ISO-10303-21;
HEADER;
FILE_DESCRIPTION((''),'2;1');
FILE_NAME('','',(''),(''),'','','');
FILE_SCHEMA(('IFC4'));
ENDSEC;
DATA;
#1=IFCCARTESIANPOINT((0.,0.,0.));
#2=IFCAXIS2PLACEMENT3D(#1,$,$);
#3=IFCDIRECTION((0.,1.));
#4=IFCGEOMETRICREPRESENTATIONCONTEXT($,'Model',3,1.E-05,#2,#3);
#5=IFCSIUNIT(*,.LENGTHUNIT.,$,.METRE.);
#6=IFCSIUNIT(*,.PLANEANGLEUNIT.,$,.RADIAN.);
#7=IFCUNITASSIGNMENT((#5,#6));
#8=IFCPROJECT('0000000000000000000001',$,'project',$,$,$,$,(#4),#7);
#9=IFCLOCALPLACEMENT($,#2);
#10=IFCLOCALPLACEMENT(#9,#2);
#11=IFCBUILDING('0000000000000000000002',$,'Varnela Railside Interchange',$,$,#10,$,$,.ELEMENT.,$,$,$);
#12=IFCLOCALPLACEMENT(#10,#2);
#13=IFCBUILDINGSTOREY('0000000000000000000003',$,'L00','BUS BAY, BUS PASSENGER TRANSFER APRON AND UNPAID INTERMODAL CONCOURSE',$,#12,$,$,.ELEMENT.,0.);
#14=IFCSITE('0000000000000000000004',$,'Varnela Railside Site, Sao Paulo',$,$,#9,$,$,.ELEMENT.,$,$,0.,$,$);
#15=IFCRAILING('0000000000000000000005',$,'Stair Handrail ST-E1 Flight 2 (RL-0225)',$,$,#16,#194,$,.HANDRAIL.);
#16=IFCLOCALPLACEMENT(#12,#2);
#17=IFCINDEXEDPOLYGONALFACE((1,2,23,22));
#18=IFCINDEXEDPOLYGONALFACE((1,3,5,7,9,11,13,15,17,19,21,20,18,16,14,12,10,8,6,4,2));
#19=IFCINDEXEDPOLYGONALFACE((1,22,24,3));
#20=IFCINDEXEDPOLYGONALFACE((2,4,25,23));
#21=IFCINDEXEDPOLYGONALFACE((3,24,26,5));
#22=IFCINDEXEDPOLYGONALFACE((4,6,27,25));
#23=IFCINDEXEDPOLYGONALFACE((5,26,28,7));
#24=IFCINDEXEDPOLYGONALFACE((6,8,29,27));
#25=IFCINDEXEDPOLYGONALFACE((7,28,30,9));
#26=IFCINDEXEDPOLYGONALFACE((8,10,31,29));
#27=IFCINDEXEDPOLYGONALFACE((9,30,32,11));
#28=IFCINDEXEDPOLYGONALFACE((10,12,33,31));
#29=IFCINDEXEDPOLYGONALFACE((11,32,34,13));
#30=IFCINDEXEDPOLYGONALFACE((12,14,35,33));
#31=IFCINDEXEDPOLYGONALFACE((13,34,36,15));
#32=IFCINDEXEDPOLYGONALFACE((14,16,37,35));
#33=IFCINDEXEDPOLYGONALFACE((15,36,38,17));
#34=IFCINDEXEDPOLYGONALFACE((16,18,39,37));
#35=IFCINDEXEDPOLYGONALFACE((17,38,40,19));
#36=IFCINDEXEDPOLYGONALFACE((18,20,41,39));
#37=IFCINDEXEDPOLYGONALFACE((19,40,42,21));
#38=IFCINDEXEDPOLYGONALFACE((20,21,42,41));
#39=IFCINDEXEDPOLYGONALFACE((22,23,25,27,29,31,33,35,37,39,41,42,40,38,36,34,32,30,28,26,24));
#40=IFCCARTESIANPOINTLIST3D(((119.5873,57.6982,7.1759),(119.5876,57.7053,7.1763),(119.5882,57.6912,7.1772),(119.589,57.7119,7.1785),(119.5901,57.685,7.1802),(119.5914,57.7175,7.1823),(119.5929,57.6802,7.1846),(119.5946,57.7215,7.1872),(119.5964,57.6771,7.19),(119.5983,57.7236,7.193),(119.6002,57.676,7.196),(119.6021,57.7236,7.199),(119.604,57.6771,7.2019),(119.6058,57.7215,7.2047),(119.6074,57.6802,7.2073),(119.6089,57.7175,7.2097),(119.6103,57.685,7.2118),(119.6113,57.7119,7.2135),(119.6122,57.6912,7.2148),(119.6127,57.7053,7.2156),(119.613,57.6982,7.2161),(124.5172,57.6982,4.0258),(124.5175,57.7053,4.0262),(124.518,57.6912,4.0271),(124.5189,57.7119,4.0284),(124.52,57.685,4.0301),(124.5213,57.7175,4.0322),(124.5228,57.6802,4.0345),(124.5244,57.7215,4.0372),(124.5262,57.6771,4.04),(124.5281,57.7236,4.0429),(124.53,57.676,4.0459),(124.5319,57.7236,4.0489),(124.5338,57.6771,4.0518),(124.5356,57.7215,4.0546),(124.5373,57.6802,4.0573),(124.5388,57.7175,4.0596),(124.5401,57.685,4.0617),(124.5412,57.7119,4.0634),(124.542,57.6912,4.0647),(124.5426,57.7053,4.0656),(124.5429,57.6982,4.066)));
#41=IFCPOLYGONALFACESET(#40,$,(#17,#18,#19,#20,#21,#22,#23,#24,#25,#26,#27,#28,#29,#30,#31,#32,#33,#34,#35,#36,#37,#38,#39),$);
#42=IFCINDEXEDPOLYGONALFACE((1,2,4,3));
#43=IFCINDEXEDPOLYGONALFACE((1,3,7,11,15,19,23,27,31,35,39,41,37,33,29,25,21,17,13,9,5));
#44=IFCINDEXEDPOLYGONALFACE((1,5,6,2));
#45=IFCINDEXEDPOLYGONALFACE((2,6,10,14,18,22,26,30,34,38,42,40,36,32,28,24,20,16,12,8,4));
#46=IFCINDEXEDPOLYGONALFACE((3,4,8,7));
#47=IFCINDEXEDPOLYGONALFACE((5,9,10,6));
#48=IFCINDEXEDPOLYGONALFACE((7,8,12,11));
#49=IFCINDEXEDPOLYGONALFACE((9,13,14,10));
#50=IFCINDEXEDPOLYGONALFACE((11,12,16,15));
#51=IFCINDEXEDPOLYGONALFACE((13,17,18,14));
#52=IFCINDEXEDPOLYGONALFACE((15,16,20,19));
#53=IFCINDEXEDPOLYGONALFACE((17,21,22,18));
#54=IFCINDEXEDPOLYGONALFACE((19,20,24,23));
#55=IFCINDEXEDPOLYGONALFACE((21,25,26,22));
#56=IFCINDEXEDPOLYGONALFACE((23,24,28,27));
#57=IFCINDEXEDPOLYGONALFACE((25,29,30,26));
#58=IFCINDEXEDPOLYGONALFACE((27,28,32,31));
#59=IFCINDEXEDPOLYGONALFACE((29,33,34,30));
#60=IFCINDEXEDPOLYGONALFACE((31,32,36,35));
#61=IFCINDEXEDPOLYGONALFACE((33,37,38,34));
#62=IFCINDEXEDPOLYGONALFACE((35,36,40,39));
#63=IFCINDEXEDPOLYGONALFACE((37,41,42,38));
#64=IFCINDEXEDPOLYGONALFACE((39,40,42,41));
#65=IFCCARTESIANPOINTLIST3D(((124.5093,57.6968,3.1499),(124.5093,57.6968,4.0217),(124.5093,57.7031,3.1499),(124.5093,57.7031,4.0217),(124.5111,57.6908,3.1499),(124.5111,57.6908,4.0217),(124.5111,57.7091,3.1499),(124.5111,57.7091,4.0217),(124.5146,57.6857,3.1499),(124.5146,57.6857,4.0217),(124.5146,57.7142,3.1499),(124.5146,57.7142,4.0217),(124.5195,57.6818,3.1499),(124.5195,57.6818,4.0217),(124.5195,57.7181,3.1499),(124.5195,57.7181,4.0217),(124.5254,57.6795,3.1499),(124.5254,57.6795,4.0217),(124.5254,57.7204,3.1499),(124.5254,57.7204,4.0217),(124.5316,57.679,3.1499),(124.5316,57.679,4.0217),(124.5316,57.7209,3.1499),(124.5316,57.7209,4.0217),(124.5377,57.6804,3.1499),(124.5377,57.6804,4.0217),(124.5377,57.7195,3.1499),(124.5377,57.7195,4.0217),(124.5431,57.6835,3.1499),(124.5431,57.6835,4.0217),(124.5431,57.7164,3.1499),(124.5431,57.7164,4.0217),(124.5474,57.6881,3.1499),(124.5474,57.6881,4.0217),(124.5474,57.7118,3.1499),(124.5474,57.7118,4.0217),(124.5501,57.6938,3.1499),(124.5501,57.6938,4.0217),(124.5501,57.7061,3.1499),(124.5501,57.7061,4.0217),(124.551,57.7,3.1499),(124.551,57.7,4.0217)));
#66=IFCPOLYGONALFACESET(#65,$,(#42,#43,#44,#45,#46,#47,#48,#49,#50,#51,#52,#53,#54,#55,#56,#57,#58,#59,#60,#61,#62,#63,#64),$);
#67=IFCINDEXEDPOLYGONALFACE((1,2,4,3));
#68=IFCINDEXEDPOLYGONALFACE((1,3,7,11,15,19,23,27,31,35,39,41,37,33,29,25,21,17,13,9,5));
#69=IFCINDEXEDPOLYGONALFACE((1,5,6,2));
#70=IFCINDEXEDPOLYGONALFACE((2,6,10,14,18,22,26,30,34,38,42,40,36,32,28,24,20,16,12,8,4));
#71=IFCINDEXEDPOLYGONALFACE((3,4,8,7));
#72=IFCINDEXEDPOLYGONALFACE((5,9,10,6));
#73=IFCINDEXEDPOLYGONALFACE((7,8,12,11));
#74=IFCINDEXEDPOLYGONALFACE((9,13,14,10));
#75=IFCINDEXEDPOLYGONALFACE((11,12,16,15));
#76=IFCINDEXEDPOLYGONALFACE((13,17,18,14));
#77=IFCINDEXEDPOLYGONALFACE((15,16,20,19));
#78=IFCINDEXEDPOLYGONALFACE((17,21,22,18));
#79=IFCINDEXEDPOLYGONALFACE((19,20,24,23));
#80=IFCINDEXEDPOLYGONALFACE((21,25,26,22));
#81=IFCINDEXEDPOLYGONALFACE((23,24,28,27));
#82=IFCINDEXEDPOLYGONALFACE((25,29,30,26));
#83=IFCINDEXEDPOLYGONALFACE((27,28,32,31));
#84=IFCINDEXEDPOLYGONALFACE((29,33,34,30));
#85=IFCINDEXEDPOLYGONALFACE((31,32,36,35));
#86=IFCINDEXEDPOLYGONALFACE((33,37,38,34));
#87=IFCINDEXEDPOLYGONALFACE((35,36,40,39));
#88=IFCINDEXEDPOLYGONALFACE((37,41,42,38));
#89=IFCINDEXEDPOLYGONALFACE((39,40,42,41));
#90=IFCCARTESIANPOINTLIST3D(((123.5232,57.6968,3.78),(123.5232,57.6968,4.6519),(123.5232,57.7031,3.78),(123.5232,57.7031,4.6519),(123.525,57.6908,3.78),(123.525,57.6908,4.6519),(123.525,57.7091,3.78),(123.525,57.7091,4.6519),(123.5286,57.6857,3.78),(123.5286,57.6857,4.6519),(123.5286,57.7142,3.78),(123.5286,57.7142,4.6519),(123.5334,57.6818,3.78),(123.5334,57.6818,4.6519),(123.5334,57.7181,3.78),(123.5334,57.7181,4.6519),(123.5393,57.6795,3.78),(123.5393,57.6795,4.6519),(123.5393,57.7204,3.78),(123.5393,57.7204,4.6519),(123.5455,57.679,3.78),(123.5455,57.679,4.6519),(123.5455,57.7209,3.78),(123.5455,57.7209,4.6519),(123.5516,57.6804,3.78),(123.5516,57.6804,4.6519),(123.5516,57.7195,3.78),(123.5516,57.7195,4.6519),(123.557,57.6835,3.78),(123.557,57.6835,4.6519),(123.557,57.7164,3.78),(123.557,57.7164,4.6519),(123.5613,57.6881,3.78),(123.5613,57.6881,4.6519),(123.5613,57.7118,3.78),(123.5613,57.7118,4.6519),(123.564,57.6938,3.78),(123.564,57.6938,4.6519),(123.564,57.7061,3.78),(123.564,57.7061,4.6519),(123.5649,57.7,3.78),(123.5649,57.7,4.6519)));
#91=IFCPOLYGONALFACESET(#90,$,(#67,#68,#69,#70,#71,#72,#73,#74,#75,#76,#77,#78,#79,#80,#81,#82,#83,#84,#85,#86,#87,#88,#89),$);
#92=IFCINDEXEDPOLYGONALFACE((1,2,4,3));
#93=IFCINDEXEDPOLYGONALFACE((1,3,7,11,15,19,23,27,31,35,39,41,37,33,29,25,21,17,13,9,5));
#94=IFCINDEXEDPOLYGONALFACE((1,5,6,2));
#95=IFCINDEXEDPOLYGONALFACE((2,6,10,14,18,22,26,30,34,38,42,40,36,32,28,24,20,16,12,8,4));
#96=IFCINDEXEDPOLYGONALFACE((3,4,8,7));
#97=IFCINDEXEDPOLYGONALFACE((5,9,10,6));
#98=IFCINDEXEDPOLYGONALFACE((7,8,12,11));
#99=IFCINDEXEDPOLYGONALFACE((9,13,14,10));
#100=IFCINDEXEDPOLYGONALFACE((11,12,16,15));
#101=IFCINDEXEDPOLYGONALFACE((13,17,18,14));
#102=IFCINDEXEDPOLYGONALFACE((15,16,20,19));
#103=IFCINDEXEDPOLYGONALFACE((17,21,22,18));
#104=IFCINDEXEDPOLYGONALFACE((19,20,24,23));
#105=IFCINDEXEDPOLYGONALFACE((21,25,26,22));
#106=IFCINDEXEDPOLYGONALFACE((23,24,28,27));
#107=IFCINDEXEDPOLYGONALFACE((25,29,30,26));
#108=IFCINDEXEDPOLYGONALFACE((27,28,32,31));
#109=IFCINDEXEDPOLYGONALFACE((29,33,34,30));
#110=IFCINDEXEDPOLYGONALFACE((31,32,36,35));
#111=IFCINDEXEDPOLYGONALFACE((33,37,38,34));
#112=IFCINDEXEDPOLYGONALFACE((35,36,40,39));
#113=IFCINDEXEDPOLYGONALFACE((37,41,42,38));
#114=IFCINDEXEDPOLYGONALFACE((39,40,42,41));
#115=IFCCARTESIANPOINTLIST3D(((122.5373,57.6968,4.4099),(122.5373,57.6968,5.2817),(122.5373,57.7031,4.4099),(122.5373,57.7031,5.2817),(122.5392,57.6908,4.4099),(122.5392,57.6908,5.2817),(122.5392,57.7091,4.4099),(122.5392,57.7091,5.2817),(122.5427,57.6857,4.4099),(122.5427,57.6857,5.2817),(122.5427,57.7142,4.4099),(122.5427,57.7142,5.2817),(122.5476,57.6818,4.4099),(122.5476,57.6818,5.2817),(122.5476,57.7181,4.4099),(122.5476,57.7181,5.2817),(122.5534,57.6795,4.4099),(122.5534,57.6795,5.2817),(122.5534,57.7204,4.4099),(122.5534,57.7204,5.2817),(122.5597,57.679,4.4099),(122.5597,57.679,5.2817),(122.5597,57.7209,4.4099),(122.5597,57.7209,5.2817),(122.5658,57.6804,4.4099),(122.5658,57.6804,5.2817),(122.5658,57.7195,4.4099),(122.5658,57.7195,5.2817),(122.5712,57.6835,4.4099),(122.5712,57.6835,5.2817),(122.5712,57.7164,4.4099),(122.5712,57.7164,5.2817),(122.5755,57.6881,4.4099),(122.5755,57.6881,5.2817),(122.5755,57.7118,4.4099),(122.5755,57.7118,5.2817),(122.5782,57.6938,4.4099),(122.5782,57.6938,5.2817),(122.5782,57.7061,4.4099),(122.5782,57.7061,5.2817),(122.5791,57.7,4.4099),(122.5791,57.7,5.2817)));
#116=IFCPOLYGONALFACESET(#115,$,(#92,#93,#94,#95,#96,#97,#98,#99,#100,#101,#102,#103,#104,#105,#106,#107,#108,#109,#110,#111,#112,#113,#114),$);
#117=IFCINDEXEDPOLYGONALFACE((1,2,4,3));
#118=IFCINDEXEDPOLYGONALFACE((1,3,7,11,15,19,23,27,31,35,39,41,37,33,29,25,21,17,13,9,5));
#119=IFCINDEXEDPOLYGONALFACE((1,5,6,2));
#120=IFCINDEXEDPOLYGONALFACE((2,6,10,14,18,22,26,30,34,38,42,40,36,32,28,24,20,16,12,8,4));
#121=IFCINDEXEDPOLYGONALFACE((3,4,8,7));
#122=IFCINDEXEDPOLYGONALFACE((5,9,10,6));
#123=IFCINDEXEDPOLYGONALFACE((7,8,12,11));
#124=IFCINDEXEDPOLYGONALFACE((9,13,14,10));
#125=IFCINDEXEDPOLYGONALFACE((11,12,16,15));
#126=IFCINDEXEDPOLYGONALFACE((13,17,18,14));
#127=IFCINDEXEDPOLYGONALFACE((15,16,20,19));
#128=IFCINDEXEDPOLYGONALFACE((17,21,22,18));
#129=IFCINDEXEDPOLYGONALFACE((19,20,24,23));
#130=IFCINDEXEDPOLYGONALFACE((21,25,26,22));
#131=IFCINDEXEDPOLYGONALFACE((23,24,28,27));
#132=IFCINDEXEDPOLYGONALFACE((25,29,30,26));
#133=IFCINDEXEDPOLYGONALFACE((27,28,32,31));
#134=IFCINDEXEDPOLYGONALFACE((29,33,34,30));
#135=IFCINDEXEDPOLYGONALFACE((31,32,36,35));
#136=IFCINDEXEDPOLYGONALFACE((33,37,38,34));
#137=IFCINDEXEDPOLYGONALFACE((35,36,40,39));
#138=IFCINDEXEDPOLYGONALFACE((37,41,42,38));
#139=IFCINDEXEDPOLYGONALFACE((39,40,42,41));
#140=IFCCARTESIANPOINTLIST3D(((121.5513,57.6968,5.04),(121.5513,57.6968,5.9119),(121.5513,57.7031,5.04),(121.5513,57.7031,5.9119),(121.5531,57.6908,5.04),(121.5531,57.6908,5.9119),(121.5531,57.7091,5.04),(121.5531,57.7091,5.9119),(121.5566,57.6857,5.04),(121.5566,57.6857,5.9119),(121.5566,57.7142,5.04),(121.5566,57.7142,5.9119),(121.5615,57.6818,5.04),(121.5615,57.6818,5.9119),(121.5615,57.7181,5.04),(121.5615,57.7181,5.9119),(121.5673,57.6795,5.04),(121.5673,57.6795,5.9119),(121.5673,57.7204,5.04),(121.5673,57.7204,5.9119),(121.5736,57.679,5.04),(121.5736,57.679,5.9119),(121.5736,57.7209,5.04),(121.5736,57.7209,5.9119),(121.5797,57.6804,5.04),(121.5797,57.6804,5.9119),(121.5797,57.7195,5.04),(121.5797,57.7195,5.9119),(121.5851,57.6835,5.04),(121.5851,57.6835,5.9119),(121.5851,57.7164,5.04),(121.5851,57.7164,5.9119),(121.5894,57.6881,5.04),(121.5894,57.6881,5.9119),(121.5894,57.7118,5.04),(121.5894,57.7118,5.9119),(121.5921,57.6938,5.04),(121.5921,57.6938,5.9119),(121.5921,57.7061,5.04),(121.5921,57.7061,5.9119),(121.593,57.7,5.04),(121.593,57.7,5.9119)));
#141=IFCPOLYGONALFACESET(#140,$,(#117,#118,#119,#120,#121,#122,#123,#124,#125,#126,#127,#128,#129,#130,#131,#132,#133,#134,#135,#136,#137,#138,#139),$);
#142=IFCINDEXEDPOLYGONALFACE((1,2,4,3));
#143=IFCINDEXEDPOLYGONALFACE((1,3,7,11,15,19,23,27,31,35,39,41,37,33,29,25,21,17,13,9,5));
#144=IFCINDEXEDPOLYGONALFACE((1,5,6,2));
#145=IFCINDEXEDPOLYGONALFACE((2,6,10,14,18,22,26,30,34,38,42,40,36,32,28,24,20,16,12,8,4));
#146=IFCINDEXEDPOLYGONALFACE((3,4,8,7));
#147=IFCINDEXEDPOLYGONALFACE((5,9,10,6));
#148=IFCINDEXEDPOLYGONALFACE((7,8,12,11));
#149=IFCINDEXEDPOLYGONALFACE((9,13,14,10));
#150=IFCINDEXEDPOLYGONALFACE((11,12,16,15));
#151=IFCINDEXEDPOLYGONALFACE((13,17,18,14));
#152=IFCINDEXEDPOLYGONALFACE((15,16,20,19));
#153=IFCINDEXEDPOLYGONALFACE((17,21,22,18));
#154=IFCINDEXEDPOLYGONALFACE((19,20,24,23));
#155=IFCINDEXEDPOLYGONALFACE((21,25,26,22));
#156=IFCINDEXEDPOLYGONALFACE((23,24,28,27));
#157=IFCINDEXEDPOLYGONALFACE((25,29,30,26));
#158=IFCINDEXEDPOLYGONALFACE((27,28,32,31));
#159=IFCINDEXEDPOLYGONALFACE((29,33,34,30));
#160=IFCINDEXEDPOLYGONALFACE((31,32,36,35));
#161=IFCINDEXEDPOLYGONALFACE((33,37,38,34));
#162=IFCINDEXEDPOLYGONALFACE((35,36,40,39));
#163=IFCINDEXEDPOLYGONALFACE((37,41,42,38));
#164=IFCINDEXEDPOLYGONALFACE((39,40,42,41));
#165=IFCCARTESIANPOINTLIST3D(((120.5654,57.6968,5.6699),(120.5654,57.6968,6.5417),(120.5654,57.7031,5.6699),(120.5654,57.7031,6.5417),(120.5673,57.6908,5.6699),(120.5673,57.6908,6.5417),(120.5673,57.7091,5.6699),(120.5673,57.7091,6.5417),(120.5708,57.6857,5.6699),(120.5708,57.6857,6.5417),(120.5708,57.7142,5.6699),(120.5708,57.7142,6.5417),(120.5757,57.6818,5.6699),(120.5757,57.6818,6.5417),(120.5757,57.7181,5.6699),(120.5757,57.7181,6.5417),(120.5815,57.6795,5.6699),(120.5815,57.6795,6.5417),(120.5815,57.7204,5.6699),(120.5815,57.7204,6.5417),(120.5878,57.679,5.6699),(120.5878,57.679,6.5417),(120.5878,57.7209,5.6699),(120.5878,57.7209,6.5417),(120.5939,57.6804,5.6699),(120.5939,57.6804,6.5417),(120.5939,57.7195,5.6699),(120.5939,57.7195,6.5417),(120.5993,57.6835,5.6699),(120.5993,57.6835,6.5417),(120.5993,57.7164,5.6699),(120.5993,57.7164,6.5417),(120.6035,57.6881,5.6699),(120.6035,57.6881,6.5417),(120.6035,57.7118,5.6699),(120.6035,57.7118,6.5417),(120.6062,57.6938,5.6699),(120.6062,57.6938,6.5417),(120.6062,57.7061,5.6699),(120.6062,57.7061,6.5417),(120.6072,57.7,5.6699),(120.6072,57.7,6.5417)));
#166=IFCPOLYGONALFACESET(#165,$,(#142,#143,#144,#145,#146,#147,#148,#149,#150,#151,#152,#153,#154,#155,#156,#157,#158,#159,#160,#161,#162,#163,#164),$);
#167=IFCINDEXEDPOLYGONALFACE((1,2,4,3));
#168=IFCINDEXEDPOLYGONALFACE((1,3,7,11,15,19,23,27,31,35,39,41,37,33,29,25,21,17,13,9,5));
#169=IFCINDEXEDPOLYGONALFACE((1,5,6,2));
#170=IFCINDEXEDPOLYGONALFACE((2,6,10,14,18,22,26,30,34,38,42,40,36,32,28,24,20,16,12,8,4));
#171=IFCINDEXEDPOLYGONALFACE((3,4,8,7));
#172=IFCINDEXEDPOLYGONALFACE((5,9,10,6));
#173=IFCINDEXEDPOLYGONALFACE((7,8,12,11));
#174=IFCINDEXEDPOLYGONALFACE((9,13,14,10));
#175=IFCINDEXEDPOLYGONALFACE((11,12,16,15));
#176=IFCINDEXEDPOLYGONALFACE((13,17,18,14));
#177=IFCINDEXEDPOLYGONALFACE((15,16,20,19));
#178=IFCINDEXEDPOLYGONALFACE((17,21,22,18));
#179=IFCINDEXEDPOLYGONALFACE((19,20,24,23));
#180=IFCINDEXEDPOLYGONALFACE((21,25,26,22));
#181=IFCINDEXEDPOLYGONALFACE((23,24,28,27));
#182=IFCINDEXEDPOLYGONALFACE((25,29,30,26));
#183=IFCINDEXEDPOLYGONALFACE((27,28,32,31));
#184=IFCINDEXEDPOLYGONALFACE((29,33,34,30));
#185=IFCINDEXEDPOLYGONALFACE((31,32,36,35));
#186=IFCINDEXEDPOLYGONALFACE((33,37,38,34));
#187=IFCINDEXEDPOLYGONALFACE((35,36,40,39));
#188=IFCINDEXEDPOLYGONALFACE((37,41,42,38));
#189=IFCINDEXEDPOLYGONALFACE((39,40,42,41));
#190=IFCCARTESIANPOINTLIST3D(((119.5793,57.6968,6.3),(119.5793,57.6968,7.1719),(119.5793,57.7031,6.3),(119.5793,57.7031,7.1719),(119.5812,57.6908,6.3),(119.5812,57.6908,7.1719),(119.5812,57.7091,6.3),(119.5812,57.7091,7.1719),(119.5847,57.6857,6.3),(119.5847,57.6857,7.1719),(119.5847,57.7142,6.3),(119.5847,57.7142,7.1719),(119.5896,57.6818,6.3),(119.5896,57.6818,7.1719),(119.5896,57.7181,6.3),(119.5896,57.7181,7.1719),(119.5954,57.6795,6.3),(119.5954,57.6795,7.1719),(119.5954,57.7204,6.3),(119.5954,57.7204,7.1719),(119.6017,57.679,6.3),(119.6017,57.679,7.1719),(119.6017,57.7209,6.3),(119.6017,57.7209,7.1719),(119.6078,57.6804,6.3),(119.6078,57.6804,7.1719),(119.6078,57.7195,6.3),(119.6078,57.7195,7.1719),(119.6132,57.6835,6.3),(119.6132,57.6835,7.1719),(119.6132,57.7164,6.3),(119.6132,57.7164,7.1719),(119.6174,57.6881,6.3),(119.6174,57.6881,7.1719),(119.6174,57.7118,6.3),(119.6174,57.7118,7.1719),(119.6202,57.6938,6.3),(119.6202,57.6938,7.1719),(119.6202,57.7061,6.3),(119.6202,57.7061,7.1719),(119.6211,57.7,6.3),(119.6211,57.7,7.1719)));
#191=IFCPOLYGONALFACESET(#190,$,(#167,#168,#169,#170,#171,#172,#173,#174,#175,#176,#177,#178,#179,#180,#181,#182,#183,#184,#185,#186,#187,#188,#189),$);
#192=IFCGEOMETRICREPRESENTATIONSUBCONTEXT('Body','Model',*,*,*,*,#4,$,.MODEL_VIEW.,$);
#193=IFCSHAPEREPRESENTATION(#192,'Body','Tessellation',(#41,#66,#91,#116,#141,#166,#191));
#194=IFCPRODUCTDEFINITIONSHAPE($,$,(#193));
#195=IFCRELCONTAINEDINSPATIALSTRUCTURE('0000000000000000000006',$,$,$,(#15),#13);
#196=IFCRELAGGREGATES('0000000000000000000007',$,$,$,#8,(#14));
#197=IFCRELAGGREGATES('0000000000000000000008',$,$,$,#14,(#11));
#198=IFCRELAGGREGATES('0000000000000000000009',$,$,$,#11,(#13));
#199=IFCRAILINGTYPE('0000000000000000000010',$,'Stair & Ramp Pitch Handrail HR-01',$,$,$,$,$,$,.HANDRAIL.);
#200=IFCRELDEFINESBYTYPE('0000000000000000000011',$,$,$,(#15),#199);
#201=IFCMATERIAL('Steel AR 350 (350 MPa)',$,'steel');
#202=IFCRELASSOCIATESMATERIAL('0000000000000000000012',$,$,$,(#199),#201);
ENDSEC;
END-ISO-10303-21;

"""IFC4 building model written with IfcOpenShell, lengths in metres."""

from ifc_helpers import new_model, si_unit, direction, frame, origin, origin_2d, place, context, subcontext, project, spatial, circle, extrude, material, type_object, element, save


model = new_model("IFC4")

# Units and contexts
model_context = context("Model", 3, precision=1e-05, world=origin(), true_north=direction((0.0, 1.0)))
body_context = subcontext(model_context, "Body", "Model", "MODEL_VIEW")
ifc_project = project(units=[si_unit("LENGTHUNIT", "METRE"), si_unit("PLANEANGLEUNIT", "RADIAN")], contexts=[model_context])

# Site, building, storey
site_placement = place(None, origin())
site = spatial("IfcSite", under=ifc_project, at=site_placement, Name="Varnela Railside Site, Sao Paulo", CompositionType="ELEMENT", RefElevation=0.0)
building_placement = place(site_placement, origin())
building = spatial("IfcBuilding", under=site, at=building_placement, Name="Varnela Railside Interchange", CompositionType="ELEMENT")
storey_placement = place(building_placement, origin())
storey = spatial("IfcBuildingStorey", under=building, at=storey_placement, Name="L00", Description="BUS BAY, BUS PASSENGER TRANSFER APRON AND UNPAID INTERMODAL CONCOURSE", CompositionType="ELEMENT", Elevation=0.0)

# Shared definitions
ifc_material_1 = material(Name="Steel AR 350 (350 MPa)", Category="steel")

# Railing
railing_type_1 = type_object("IfcRailingType", Name="Stair & Ramp Pitch Handrail HR-01", PredefinedType="HANDRAIL", material=ifc_material_1)
railing_1_placement = place(storey_placement, frame((124.53, 57.7, 3.1499)))
element("IfcRailing", 1, at=railing_1_placement, inside=storey, type_object=railing_type_1, Name="Stair Handrail ST-E1 Flight 2 (RL-0225)", PredefinedType="HANDRAIL", context=body_context, shape_type="SweptSolid", body=[
    extrude(circle(Radius=0.0239, at=origin_2d()), frame((0.0, 0.0, 0.896), z_axis=(-0.84266, 0.0, 0.538446), x_axis=(0.0, -1.0, 0.0)), (0.0, 0.0, 1.0), 5.8503),
    extrude(circle(Radius=0.021, at=origin_2d()), origin(), (0.0, 0.0, 1.0), 0.8718),
    extrude(circle(Radius=0.021, at=origin_2d()), frame((-0.9861, 0.0, 0.6301)), (0.0, 0.0, 1.0), 0.8718),
    extrude(circle(Radius=0.021, at=origin_2d()), frame((-1.9719, 0.0, 1.26)), (0.0, 0.0, 1.0), 0.8718),
    extrude(circle(Radius=0.021, at=origin_2d()), frame((-2.958, 0.0, 1.8901)), (0.0, 0.0, 1.0), 0.8718),
    extrude(circle(Radius=0.021, at=origin_2d()), frame((-3.9438, 0.0, 2.52)), (0.0, 0.0, 1.0), 0.8718),
    extrude(circle(Radius=0.021, at=origin_2d()), frame((-4.9299, 0.0, 3.1501)), (0.0, 0.0, 1.0), 0.8718),
])

save(model, "model.ifc")
